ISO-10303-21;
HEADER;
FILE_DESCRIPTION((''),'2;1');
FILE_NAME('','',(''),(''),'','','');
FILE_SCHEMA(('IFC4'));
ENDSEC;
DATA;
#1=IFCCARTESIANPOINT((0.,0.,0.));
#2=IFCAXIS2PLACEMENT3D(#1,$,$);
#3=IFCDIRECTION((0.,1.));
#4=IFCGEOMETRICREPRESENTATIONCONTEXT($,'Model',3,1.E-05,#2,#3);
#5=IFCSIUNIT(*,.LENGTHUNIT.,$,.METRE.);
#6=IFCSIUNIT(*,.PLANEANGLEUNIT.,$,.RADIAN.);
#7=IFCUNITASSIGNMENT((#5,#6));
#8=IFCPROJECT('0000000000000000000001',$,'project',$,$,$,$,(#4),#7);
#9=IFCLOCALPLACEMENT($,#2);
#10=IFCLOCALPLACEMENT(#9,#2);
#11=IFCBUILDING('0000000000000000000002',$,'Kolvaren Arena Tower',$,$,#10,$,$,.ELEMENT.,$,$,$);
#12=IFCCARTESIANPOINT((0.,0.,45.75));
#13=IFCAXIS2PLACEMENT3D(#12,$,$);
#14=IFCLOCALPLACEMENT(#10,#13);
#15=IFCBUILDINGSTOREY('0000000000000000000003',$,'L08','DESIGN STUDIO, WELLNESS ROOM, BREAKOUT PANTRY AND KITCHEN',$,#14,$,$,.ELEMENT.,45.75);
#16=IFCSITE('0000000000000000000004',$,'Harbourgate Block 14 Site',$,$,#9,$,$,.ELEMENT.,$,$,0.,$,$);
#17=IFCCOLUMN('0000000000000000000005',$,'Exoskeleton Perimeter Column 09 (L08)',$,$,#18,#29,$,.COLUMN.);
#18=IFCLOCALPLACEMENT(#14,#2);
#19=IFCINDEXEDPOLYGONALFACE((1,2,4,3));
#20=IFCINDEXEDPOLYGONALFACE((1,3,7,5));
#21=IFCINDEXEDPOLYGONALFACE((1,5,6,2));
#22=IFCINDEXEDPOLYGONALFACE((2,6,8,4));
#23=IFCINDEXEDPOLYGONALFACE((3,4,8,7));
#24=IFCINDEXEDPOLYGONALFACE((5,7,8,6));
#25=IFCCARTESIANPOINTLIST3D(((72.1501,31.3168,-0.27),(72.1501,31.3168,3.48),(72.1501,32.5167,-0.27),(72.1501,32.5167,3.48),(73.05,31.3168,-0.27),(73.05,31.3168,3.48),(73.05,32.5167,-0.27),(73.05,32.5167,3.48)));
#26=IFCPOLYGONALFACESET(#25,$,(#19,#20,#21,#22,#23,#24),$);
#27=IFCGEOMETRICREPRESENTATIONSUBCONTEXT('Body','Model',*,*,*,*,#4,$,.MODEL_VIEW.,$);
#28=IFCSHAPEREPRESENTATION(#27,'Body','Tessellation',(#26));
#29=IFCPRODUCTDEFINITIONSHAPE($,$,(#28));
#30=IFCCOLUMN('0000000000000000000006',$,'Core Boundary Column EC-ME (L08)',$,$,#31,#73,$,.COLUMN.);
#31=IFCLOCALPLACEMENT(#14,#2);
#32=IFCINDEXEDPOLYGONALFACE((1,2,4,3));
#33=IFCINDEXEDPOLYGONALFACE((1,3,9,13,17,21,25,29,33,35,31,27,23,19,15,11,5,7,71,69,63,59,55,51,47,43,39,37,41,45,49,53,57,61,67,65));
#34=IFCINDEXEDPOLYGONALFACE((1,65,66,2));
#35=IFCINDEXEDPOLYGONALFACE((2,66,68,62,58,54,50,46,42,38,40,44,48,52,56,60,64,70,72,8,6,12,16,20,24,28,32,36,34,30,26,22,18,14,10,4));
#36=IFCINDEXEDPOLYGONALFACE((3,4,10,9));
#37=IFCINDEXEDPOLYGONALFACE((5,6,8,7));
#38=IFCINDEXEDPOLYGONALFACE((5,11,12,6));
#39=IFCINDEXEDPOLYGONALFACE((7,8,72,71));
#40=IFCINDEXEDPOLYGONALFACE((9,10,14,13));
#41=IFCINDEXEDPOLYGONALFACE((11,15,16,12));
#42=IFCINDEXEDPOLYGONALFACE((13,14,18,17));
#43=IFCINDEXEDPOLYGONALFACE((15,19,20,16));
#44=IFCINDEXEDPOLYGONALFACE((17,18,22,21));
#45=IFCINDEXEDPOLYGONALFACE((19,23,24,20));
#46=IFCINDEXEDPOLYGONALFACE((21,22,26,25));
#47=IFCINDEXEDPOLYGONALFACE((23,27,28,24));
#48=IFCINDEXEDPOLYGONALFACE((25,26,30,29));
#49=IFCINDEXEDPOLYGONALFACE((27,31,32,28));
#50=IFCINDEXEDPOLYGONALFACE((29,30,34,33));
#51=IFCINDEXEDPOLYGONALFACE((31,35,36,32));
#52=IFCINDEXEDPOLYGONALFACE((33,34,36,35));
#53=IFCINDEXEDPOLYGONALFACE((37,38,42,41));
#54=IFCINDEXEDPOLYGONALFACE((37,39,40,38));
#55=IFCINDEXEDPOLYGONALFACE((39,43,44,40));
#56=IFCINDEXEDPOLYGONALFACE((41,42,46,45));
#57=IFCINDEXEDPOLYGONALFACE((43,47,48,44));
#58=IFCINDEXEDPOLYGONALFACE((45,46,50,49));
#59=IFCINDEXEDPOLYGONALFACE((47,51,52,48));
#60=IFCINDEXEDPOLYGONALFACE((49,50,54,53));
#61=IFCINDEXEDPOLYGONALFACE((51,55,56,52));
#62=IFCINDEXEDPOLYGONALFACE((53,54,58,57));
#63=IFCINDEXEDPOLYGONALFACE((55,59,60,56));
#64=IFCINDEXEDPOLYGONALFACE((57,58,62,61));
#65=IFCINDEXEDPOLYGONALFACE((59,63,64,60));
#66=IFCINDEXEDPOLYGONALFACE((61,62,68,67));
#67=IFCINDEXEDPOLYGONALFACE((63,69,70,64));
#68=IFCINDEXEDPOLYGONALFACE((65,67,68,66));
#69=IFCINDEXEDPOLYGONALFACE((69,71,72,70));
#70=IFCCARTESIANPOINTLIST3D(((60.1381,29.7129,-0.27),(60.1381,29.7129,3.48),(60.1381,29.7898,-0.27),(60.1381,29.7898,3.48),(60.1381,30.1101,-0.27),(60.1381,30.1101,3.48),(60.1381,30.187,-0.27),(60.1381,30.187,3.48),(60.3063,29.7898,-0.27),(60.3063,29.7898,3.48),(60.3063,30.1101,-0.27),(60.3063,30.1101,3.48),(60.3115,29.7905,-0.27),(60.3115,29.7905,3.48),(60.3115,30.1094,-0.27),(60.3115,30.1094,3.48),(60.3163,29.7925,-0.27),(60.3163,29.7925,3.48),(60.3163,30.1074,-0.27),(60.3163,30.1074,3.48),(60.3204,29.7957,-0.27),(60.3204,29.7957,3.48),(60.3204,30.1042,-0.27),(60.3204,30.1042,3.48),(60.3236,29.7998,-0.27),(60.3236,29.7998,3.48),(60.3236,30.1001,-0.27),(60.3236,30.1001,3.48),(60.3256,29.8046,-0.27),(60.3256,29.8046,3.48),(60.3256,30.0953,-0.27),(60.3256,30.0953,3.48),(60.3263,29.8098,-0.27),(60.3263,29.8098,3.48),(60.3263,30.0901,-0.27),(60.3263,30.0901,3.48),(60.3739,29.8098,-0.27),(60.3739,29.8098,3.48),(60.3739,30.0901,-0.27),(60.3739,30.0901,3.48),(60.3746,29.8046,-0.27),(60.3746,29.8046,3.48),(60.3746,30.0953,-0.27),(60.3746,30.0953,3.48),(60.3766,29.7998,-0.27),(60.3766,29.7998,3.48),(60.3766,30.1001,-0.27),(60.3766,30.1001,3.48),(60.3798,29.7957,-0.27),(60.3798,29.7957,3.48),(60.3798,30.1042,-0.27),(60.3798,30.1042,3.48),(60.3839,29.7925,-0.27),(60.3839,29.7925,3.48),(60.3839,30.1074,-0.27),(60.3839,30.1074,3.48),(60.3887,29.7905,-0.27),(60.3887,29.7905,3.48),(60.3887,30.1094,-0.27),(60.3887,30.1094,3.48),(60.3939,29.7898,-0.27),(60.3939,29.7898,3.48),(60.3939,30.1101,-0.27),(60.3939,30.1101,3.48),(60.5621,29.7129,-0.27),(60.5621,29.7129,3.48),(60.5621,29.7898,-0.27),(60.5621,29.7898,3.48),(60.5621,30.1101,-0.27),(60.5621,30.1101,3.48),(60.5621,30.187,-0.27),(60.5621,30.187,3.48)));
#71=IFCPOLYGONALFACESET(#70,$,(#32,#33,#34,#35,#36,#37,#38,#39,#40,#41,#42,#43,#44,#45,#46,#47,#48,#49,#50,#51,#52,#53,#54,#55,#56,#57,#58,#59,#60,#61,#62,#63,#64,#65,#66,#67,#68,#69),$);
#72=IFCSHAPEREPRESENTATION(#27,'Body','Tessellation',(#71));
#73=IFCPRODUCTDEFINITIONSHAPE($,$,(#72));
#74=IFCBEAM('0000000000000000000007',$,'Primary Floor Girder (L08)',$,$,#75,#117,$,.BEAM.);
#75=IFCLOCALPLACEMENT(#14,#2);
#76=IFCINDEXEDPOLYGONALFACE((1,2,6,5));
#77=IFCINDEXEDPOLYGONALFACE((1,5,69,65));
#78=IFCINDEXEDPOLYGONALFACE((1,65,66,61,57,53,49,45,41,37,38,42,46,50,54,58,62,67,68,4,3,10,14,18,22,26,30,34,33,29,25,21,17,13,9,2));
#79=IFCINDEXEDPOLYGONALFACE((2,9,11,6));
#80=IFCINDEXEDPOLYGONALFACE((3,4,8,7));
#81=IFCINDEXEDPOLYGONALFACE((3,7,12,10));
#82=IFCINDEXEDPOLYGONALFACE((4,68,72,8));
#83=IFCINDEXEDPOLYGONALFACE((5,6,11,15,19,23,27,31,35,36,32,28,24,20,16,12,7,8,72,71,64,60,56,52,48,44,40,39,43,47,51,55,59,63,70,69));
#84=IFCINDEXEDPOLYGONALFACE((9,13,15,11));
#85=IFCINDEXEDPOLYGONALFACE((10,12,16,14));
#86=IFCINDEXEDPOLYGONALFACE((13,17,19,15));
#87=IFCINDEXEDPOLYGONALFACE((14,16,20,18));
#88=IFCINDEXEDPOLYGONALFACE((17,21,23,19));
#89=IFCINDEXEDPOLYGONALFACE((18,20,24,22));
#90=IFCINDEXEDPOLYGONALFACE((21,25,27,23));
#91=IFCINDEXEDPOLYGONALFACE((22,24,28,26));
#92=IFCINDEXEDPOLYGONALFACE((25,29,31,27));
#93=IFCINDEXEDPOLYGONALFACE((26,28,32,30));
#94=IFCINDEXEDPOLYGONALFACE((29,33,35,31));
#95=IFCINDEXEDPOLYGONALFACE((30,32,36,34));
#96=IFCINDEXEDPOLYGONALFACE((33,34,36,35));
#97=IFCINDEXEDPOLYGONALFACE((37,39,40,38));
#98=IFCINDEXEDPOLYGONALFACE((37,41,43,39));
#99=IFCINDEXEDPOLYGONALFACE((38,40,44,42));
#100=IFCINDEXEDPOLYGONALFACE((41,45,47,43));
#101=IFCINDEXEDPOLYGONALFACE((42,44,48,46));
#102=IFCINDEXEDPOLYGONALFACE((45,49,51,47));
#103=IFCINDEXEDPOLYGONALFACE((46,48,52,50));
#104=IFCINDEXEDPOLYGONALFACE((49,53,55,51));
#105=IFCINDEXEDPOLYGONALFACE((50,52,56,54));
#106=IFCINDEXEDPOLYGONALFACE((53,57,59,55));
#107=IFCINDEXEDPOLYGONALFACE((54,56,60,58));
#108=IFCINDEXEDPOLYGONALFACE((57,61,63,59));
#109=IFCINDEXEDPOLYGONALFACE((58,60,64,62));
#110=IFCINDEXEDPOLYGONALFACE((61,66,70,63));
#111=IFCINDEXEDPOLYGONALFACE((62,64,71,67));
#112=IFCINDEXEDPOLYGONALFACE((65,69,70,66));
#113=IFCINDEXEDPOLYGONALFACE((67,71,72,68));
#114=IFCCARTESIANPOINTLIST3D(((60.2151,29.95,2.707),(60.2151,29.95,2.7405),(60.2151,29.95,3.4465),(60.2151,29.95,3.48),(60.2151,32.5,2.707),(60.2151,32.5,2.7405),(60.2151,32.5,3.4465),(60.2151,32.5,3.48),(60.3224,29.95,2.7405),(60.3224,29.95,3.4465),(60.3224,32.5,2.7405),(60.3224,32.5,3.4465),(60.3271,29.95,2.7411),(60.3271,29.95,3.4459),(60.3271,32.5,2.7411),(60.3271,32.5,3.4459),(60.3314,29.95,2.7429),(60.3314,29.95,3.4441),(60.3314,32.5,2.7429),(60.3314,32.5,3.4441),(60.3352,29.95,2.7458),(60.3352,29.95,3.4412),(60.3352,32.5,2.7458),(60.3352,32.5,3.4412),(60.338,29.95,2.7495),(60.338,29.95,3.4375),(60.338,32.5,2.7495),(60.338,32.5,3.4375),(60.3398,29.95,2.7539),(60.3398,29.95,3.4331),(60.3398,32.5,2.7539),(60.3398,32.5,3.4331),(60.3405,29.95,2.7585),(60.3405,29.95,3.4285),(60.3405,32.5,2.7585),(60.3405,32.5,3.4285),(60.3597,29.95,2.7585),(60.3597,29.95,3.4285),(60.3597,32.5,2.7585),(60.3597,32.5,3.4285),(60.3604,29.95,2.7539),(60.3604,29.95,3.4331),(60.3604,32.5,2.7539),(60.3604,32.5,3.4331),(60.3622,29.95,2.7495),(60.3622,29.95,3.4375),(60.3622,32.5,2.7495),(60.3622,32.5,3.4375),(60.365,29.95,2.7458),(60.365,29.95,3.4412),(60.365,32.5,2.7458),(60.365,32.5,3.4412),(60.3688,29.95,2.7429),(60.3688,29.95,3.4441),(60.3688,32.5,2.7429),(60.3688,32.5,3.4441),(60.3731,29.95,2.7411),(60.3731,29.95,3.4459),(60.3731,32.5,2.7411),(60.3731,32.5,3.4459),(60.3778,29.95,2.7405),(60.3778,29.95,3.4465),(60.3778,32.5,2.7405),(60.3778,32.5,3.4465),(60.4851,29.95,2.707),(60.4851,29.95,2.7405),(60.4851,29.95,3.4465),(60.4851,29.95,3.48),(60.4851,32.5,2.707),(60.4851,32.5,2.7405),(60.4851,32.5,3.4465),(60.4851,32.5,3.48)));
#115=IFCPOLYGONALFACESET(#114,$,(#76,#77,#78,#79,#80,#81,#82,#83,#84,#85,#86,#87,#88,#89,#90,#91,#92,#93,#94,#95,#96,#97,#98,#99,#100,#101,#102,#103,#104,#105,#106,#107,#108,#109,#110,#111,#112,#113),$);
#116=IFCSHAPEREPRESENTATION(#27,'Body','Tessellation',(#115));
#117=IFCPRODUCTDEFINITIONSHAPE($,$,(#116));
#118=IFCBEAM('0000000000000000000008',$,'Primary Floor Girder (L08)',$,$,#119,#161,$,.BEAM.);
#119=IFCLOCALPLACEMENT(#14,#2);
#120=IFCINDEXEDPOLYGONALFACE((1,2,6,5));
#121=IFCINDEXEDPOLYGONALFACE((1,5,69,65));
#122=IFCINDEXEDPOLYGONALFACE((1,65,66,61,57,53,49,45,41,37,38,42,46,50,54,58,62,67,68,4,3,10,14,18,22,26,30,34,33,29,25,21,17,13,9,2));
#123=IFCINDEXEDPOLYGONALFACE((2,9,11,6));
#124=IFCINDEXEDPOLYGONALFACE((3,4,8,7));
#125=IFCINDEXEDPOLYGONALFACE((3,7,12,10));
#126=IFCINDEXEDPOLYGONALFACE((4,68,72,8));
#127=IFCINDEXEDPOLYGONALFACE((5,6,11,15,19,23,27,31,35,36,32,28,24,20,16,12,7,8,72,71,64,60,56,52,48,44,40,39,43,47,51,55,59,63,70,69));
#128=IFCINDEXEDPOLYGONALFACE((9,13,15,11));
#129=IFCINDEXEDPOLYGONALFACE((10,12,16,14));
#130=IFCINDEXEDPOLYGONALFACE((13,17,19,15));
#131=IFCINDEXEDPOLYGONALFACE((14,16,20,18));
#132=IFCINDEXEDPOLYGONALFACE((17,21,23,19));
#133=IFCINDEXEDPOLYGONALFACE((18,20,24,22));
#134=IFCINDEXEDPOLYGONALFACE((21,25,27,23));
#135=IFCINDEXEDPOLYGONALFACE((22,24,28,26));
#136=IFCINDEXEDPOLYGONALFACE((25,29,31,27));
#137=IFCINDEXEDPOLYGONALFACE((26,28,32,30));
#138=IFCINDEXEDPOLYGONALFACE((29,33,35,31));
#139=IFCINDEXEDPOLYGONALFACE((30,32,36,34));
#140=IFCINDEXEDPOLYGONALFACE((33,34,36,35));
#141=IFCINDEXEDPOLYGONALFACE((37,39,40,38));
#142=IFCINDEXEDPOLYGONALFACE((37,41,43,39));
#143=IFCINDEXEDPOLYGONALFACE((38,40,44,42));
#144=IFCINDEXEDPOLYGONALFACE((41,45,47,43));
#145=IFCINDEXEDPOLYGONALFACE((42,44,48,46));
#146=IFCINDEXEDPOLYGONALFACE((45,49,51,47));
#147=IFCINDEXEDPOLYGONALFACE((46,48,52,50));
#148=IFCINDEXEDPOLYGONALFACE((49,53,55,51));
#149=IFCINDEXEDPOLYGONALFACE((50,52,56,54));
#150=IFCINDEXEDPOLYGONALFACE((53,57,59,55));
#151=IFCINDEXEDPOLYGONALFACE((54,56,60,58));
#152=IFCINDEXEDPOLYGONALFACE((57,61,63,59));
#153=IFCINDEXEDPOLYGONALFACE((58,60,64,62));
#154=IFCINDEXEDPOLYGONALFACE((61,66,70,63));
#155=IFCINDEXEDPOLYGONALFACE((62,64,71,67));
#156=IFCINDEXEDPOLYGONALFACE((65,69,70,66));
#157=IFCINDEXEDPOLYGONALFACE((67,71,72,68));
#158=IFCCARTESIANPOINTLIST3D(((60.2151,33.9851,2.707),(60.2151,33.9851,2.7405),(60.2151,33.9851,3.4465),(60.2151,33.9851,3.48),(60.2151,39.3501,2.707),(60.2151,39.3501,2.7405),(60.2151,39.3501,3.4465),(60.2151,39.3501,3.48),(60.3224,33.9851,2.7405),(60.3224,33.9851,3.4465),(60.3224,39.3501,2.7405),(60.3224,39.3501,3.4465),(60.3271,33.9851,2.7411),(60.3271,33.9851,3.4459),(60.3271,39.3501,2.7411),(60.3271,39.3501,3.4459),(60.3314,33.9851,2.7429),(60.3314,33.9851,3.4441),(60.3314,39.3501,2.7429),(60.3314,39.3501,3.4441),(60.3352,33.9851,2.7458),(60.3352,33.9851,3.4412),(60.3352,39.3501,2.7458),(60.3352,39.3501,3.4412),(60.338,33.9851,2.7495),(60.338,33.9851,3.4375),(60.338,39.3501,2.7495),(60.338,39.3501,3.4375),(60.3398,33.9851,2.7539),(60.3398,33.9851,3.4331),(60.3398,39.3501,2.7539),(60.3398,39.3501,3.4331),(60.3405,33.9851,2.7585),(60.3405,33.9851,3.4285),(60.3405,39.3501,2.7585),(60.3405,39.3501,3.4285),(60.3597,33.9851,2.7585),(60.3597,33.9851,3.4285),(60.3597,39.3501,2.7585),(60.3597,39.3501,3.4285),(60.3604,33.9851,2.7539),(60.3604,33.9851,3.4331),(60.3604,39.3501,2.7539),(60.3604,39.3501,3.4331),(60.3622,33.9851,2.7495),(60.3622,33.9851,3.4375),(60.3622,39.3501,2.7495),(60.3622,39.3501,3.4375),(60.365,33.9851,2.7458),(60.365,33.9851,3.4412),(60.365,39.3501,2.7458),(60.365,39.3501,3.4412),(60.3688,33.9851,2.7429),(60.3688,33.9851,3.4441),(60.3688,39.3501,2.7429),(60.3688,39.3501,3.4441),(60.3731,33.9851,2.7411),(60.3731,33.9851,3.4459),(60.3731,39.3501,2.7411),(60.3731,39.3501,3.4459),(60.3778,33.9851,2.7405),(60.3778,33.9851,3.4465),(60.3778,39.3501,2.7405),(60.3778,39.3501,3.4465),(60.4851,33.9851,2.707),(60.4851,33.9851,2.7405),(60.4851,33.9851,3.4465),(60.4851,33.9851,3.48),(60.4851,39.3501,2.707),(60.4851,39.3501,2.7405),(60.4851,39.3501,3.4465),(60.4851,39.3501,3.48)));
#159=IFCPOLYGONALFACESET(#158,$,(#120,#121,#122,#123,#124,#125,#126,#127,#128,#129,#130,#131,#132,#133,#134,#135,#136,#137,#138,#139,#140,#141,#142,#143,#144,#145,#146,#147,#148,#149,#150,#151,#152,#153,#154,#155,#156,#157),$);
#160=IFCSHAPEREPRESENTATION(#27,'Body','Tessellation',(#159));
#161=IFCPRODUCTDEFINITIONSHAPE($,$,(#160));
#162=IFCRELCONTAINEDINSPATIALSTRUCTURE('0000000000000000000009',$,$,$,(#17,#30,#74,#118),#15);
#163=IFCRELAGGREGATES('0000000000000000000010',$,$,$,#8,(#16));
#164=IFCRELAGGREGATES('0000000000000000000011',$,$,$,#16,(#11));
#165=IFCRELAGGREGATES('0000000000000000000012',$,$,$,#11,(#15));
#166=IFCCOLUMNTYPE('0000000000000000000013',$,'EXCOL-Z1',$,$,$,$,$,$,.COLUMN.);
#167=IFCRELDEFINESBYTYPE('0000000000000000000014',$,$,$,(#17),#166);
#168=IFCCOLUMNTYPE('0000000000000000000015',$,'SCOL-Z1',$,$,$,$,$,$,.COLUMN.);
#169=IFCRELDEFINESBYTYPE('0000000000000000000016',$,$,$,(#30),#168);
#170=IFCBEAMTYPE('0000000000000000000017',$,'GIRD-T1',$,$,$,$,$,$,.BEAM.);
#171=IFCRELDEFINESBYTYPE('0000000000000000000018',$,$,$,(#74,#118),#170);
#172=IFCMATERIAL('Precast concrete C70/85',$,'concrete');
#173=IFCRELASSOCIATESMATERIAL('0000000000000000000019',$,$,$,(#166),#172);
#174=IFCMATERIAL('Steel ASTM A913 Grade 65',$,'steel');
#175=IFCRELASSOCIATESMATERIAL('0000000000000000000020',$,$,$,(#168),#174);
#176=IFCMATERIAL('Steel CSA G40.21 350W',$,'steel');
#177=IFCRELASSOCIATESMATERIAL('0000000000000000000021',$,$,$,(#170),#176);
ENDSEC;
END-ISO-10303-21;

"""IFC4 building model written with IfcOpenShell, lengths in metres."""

from ifc_helpers import new_model, si_unit, direction, frame, origin, origin_2d, place, context, subcontext, project, spatial, rectangle, i_section, extrude, material, material_profile, profile_set, type_object, element, save


model = new_model("IFC4")

# Units and contexts
model_context = context("Model", 3, precision=1e-05, world=origin(), true_north=direction((0.0, 1.0)))
body_context = subcontext(model_context, "Body", "Model", "MODEL_VIEW")
ifc_project = project(units=[si_unit("LENGTHUNIT", "METRE"), si_unit("PLANEANGLEUNIT", "RADIAN")], contexts=[model_context])

# Site, building, storey
site_placement = place(None, origin())
site = spatial("IfcSite", under=ifc_project, at=site_placement, Name="Harbourgate Block 14 Site", CompositionType="ELEMENT", RefElevation=0.0)
building_placement = place(site_placement, origin())
building = spatial("IfcBuilding", under=site, at=building_placement, Name="Kolvaren Arena Tower", CompositionType="ELEMENT")
storey_placement = place(building_placement, frame((0.0, 0.0, 45.75)))
storey = spatial("IfcBuildingStorey", under=building, at=storey_placement, Name="L08", Description="DESIGN STUDIO, WELLNESS ROOM, BREAKOUT PANTRY AND KITCHEN", CompositionType="ELEMENT", Elevation=45.75)

# Columns
ifc_material_1 = material(Name="Precast concrete C70/85", Category="concrete")
ifc_material_profile_1 = material_profile(ifc_material_1, rectangle(XDim=1.2, YDim=0.8999, at=origin_2d()), Name="RC-1200x900")
ifc_profile_set_1 = profile_set([ifc_material_profile_1], Name="Precast concrete C70/85")
column_type_1 = type_object("IfcColumnType", Name="EXCOL-Z1", PredefinedType="COLUMN", material=ifc_profile_set_1)
column_1_placement = place(storey_placement, frame((72.6001, 31.9167, -0.27), z_axis=(0.0, 0.0, 1.0), x_axis=(0.0, 1.0, 0.0)))
element("IfcColumn", 1, at=column_1_placement, inside=storey, type_object=column_type_1, Name="Exoskeleton Perimeter Column 09 (L08)", PredefinedType="COLUMN", context=body_context, shape_type="SweptSolid", body=[
    extrude(rectangle(XDim=1.2, YDim=0.8999, at=origin_2d()), origin(), (0.0, 0.0, 1.0), 3.75),
])
ifc_material_2 = material(Name="Steel ASTM A913 Grade 65", Category="steel")
ifc_material_profile_2 = material_profile(ifc_material_2, i_section(OverallWidth=0.4241, OverallDepth=0.4741, WebThickness=0.0476, FlangeThickness=0.0769, FilletRadius=0.02, at=origin_2d()), Name="W360x634")
ifc_profile_set_2 = profile_set([ifc_material_profile_2], Name="Steel ASTM A913 Grade 65")
column_type_2 = type_object("IfcColumnType", Name="SCOL-Z1", PredefinedType="COLUMN", material=ifc_profile_set_2)
column_2_placement = place(storey_placement, frame((60.3501, 29.95, -0.27), z_axis=(0.0, 0.0, 1.0), x_axis=(1.0, 0.0, 0.0)))
element("IfcColumn", 2, at=column_2_placement, inside=storey, type_object=column_type_2, Name="Core Boundary Column EC-ME (L08)", PredefinedType="COLUMN", context=body_context, shape_type="SweptSolid", body=[
    extrude(i_section(OverallWidth=0.4241, OverallDepth=0.4741, WebThickness=0.0476, FlangeThickness=0.0769, FilletRadius=0.02, at=origin_2d()), origin(), (0.0, 0.0, 1.0), 3.75),
])

# Beams
ifc_material_3 = material(Name="Steel CSA G40.21 350W", Category="steel")
ifc_material_profile_3 = material_profile(ifc_material_3, i_section(OverallWidth=0.27, OverallDepth=0.7729, WebThickness=0.0193, FlangeThickness=0.0334, FilletRadius=0.0181, at=origin_2d()), Name="W760x257")
ifc_profile_set_3 = profile_set([ifc_material_profile_3], Name="Steel CSA G40.21 350W")
beam_type_1 = type_object("IfcBeamType", Name="GIRD-T1", PredefinedType="BEAM", material=ifc_profile_set_3)
beam_1_placement = place(storey_placement, frame((60.3501, 29.95, 3.0935), z_axis=(0.0, 1.0, 0.0), x_axis=(-1.0, 0.0, 0.0)))
element("IfcBeam", 3, at=beam_1_placement, inside=storey, type_object=beam_type_1, Name="Primary Floor Girder (L08)", PredefinedType="BEAM", context=body_context, shape_type="SweptSolid", body=[
    extrude(i_section(OverallWidth=0.27, OverallDepth=0.7729, WebThickness=0.0193, FlangeThickness=0.0334, FilletRadius=0.0181, at=origin_2d()), origin(), (0.0, 0.0, 1.0), 2.55),
])
beam_2_placement = place(storey_placement, frame((60.3501, 33.9851, 3.0935), z_axis=(0.0, 1.0, 0.0), x_axis=(-1.0, 0.0, 0.0)))
element("IfcBeam", 4, at=beam_2_placement, inside=storey, type_object=beam_type_1, Name="Primary Floor Girder (L08)", PredefinedType="BEAM", context=body_context, shape_type="SweptSolid", body=[
    extrude(i_section(OverallWidth=0.27, OverallDepth=0.7729, WebThickness=0.0193, FlangeThickness=0.0334, FilletRadius=0.0181, at=origin_2d()), origin(), (0.0, 0.0, 1.0), 5.365),
])

save(model, "model.ifc")
